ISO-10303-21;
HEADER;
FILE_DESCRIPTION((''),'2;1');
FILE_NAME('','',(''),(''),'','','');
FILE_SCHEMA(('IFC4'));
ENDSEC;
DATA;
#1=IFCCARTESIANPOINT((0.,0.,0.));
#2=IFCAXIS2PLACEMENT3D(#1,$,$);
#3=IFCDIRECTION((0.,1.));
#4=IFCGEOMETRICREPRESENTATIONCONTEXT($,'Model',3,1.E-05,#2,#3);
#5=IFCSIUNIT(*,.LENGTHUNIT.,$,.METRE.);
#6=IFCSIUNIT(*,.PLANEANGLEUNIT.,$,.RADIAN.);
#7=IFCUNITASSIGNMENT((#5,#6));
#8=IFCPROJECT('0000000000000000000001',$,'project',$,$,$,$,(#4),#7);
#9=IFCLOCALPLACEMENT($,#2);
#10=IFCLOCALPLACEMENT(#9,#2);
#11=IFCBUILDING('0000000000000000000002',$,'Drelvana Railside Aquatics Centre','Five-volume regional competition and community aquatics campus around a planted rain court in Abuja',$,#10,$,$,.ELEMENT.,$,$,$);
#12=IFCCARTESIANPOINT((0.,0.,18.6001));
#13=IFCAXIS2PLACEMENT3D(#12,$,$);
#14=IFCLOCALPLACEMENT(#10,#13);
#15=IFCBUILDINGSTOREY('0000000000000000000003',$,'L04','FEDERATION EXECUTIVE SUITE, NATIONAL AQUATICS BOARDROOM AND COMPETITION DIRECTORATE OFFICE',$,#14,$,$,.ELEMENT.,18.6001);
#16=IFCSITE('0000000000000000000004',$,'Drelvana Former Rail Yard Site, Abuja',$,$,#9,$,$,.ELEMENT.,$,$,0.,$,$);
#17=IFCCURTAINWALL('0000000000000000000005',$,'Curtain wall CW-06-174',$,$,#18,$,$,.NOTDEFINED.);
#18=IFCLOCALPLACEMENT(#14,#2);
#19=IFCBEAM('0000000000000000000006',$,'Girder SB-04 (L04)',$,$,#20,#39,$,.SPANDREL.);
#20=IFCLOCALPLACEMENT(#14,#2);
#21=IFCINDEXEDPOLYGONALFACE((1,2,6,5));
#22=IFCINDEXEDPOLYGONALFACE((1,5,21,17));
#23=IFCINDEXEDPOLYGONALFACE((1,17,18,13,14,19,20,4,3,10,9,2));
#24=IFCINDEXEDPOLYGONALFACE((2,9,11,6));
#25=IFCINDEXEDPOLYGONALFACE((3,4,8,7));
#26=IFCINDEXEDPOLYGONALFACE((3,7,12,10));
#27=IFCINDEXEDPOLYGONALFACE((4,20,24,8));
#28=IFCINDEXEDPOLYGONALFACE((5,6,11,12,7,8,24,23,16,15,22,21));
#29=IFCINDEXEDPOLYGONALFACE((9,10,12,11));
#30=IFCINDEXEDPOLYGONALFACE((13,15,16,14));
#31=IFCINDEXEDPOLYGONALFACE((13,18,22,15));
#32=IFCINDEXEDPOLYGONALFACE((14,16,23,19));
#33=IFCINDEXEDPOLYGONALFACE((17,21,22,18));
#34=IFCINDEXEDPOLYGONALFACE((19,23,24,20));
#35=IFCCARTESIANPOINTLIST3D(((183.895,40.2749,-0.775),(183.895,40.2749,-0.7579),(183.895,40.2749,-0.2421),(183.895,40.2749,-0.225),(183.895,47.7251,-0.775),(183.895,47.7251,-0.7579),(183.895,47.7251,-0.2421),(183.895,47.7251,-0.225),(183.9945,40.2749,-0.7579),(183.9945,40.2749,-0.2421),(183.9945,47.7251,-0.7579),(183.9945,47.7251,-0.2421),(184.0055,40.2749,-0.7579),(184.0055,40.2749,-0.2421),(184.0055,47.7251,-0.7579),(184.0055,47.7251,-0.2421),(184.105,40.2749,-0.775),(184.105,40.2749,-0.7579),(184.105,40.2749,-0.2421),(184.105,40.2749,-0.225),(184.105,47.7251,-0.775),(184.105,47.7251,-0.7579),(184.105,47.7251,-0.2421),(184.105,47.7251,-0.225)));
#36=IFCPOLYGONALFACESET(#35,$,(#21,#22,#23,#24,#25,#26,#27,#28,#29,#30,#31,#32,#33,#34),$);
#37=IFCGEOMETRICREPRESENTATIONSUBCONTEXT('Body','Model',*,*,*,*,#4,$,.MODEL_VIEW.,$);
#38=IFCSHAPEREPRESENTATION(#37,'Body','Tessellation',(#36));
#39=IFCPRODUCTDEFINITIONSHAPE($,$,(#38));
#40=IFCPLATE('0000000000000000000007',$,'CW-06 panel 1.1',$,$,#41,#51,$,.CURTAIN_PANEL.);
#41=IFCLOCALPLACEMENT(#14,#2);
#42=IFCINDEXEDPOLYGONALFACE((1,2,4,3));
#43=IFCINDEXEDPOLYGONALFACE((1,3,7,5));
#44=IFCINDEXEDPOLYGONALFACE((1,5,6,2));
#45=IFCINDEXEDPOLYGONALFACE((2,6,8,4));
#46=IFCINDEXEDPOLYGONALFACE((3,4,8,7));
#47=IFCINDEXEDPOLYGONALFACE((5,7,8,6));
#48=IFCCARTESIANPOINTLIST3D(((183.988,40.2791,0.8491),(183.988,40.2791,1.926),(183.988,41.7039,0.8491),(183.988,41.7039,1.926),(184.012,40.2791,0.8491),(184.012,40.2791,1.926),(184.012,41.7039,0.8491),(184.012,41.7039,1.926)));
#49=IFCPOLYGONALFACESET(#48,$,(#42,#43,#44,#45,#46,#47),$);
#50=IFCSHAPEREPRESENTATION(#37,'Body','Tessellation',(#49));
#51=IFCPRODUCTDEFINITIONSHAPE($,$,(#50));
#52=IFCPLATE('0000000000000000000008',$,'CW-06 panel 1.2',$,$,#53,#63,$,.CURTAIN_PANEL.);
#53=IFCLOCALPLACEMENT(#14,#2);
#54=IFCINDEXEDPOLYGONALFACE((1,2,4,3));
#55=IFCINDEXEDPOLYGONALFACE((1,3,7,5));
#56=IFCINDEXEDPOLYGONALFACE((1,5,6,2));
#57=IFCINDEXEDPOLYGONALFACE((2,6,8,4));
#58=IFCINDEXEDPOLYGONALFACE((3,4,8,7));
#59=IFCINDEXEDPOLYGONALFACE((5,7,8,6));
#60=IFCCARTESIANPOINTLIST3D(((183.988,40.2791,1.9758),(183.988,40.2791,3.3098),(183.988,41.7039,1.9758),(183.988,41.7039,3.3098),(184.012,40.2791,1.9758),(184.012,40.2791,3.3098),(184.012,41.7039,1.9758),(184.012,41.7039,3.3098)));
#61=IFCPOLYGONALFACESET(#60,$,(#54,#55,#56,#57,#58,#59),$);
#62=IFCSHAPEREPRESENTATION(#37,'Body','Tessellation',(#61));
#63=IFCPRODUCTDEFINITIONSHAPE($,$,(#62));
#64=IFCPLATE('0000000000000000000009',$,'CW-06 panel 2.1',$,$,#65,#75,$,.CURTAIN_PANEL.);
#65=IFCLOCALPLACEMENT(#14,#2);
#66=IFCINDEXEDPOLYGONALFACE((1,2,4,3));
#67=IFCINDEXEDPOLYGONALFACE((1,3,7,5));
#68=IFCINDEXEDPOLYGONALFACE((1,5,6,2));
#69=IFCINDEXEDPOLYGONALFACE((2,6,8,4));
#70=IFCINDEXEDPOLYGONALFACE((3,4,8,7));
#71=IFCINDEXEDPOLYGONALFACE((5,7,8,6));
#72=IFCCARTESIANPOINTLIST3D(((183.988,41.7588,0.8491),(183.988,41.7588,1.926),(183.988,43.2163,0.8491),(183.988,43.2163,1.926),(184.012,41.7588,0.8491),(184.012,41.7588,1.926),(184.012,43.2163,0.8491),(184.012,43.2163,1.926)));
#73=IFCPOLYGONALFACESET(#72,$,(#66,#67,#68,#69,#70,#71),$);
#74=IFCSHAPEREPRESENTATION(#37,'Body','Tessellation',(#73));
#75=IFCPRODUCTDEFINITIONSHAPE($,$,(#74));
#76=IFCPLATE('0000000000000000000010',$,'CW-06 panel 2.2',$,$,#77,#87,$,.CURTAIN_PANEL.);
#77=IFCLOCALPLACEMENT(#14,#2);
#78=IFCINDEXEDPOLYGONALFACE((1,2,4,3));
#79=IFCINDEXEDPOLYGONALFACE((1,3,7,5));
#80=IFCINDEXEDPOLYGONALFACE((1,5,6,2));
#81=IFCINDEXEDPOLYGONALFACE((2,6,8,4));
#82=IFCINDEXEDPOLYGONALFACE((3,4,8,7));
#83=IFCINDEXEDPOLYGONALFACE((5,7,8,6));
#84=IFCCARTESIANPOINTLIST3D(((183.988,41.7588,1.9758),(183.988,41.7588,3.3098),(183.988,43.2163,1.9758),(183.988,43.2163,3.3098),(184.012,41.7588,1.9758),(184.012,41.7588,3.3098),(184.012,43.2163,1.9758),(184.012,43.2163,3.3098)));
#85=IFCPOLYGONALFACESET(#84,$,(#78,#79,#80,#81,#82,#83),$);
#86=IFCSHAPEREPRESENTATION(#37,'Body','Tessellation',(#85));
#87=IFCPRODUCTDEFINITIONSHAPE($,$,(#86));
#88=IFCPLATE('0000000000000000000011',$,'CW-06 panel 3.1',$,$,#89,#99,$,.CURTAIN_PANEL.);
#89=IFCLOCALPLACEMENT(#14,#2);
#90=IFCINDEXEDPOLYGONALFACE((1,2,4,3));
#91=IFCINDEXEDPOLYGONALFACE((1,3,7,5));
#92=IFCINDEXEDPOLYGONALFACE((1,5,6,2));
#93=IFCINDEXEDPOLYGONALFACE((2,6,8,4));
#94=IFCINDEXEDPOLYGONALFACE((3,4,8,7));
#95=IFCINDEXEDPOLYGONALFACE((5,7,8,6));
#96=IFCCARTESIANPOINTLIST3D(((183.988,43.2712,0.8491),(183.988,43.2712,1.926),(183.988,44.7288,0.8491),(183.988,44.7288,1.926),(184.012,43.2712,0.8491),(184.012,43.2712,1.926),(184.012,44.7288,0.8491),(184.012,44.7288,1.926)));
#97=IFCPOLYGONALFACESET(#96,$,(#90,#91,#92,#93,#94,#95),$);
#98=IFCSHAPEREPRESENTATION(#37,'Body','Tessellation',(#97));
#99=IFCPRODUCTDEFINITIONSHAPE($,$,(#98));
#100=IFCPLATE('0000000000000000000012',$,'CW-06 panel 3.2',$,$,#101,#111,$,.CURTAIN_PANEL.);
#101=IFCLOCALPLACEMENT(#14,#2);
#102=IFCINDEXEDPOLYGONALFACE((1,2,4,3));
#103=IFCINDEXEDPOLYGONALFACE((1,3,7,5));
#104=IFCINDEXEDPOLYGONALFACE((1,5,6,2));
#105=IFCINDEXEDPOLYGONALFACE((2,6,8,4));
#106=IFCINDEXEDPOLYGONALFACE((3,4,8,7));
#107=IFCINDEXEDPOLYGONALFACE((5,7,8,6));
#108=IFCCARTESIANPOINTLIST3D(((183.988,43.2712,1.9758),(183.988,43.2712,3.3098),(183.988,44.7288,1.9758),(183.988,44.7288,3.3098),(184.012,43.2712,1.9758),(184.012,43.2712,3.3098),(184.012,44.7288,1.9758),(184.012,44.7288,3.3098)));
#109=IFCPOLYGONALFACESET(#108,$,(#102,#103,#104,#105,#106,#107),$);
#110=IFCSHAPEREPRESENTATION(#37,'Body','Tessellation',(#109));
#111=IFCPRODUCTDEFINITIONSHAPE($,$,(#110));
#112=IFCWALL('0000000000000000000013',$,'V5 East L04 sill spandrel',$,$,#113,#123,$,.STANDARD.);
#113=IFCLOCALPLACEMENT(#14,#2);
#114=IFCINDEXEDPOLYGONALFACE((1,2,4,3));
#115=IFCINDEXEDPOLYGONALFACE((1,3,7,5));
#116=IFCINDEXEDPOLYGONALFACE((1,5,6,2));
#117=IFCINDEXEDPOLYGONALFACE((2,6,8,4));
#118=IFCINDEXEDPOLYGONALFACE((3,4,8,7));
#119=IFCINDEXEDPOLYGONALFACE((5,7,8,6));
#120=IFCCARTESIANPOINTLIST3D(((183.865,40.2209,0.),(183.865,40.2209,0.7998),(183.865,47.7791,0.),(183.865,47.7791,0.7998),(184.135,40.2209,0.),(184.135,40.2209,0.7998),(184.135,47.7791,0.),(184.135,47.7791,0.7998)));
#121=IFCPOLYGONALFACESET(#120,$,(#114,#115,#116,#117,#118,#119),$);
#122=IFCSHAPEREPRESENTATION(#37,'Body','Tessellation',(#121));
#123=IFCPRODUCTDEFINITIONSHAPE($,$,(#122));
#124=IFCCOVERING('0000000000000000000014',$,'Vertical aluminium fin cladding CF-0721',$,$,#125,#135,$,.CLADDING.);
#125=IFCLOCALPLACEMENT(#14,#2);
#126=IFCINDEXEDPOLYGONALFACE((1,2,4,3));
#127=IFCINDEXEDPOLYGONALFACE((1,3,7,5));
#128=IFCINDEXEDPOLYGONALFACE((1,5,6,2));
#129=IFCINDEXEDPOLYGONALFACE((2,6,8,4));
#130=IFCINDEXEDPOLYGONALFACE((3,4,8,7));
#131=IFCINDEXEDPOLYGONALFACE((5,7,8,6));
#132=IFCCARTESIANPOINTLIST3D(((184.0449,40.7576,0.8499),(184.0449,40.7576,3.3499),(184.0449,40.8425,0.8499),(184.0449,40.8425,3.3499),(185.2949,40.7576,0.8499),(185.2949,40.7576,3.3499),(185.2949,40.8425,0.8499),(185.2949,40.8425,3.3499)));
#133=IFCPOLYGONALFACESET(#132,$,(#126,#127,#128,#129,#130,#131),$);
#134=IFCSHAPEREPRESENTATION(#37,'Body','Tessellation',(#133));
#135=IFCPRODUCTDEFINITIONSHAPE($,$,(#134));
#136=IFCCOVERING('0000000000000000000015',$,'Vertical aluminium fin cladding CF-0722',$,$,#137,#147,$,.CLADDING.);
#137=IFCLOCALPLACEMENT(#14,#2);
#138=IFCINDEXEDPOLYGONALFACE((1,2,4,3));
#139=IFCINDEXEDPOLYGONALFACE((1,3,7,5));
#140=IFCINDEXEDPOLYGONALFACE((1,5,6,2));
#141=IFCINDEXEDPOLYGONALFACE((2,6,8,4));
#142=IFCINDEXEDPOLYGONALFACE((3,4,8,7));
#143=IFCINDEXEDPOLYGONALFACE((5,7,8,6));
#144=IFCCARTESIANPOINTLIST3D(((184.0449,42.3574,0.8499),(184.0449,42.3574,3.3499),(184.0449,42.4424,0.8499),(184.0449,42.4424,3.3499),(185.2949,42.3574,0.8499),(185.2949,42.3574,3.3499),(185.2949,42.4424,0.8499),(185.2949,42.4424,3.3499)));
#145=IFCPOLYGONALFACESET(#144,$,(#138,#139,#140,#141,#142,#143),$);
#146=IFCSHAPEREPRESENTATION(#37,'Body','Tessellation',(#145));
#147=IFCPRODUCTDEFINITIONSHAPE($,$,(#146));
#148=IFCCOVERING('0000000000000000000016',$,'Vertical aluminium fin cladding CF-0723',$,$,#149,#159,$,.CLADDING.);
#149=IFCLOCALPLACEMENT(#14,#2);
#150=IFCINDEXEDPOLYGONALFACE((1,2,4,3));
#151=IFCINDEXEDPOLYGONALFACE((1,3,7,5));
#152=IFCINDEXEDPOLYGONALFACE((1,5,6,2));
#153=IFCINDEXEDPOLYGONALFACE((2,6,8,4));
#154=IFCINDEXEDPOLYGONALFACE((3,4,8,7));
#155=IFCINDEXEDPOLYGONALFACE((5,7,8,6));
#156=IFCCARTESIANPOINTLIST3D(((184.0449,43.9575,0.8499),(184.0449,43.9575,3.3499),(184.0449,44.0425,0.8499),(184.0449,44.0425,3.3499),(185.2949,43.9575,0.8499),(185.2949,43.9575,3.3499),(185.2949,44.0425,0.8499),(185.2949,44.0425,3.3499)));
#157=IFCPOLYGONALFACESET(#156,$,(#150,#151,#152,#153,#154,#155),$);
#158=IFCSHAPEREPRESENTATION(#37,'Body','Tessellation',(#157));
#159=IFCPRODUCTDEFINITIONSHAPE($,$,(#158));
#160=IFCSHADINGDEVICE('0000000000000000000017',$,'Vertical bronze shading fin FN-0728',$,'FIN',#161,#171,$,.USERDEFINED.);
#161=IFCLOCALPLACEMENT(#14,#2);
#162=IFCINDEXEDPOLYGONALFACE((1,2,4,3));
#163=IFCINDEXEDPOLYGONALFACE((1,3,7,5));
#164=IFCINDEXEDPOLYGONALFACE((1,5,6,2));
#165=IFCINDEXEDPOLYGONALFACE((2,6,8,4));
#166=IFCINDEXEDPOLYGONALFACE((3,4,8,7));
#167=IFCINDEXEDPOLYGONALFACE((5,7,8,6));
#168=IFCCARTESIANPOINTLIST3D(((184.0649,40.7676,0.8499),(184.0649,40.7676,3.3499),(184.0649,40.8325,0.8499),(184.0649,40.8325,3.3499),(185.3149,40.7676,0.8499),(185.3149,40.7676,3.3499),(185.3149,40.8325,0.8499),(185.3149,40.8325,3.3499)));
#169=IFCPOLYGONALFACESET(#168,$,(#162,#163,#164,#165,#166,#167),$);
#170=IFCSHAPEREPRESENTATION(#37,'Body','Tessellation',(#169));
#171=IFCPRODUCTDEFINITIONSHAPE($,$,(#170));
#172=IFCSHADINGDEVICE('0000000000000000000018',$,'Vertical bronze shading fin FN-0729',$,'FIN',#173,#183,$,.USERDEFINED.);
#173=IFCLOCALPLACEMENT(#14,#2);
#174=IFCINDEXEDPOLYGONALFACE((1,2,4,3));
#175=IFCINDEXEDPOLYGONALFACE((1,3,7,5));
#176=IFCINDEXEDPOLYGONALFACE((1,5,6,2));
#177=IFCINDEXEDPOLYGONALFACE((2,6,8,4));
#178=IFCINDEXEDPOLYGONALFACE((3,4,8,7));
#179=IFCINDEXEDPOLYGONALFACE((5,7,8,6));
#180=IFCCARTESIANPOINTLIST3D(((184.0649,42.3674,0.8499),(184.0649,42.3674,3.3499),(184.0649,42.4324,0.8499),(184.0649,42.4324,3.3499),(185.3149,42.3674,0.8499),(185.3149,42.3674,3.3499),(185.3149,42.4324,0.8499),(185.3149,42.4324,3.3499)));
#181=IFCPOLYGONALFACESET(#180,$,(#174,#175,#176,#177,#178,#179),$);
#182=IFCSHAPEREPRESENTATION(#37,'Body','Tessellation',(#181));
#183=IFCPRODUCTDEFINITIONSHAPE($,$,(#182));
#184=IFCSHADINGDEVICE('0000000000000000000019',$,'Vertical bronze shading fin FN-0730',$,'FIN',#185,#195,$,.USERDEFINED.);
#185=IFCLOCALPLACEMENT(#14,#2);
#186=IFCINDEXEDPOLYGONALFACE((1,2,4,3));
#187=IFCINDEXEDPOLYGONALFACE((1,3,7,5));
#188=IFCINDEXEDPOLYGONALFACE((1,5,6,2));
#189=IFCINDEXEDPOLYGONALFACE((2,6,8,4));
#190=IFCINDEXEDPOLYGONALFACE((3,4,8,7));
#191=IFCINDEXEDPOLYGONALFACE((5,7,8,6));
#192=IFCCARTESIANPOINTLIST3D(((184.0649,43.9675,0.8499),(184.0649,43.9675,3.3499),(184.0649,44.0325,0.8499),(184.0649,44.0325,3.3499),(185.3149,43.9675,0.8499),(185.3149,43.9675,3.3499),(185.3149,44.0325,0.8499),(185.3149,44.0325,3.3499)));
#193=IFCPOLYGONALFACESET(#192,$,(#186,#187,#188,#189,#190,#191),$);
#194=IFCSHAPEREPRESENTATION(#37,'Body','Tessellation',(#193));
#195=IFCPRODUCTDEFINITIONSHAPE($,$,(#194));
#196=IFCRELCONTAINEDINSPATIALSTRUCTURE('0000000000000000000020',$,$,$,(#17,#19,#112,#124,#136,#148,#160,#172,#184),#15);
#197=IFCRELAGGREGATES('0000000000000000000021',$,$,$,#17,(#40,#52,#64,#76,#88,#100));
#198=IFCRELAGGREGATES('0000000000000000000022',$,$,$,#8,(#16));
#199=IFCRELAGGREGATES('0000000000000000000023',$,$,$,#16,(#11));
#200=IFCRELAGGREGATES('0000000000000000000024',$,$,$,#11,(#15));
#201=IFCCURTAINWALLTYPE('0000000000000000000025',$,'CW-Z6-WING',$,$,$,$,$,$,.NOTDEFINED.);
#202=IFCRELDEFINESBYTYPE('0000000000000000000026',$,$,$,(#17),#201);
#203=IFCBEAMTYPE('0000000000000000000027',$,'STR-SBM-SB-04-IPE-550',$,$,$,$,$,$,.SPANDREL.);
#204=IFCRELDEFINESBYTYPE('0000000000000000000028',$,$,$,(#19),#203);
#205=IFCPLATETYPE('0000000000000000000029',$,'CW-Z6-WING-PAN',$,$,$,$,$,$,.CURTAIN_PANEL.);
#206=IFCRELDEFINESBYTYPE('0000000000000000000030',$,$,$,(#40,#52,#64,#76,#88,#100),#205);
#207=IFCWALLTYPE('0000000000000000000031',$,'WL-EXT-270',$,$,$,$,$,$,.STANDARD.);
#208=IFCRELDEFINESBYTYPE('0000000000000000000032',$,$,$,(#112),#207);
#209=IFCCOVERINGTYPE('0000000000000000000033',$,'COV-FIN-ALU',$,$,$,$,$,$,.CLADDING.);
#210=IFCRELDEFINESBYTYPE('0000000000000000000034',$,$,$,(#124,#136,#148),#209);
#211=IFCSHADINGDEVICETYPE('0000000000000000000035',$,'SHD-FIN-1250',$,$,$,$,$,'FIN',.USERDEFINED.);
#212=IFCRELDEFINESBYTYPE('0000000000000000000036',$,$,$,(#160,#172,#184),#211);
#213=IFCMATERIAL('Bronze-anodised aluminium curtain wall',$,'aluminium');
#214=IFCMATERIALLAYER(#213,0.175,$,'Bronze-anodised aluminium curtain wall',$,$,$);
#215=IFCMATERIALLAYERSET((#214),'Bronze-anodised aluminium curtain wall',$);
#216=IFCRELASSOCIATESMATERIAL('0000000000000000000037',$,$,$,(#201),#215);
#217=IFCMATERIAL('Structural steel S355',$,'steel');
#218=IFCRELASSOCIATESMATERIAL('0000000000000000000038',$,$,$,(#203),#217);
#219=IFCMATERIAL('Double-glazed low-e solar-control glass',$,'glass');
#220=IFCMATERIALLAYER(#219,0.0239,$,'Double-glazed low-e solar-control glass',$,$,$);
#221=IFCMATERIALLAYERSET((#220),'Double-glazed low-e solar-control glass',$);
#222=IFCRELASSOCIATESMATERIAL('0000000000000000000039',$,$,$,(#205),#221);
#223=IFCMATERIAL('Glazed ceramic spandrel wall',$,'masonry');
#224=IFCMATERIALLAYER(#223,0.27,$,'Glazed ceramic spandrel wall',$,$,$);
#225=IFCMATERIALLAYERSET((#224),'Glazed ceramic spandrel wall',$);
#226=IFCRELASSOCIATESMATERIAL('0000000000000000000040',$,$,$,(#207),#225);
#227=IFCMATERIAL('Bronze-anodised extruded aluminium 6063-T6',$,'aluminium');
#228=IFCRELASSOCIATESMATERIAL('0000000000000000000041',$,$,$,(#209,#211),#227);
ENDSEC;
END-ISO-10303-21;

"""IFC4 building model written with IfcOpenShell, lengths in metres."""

from ifc_helpers import new_model, si_unit, direction, frame, frame_2d, origin, origin_2d, place, context, subcontext, project, spatial, rectangle, i_section, extrude, material, layer, layer_set, material_profile, profile_set, type_object, element, aggregate, save


model = new_model("IFC4")

# Units and contexts
model_context = context("Model", 3, precision=1e-05, world=origin(), true_north=direction((0.0, 1.0)))
body_context = subcontext(model_context, "Body", "Model", "MODEL_VIEW")
ifc_project = project(units=[si_unit("LENGTHUNIT", "METRE"), si_unit("PLANEANGLEUNIT", "RADIAN")], contexts=[model_context])

# Site, building, storey
site_placement = place(None, origin())
site = spatial("IfcSite", under=ifc_project, at=site_placement, Name="Drelvana Former Rail Yard Site, Abuja", CompositionType="ELEMENT", RefElevation=0.0)
building_placement = place(site_placement, origin())
building = spatial("IfcBuilding", under=site, at=building_placement, Name="Drelvana Railside Aquatics Centre", Description="Five-volume regional competition and community aquatics campus around a planted rain court in Abuja", CompositionType="ELEMENT")
storey_placement = place(building_placement, frame((0.0, 0.0, 18.6001)))
storey = spatial("IfcBuildingStorey", under=building, at=storey_placement, Name="L04", Description="FEDERATION EXECUTIVE SUITE, NATIONAL AQUATICS BOARDROOM AND COMPETITION DIRECTORATE OFFICE", CompositionType="ELEMENT", Elevation=18.6001)

# Curtain wall
ifc_material_1 = material(Name="Bronze-anodised aluminium curtain wall", Category="aluminium")
ifc_layer_1 = layer(ifc_material_1, 0.175, Name="Bronze-anodised aluminium curtain wall")
ifc_layer_set_1 = layer_set([ifc_layer_1], Name="Bronze-anodised aluminium curtain wall")
curtain_wall_type = type_object("IfcCurtainWallType", Name="CW-Z6-WING", PredefinedType="NOTDEFINED", material=ifc_layer_set_1)
curtain_wall_placement = place(storey_placement, origin())
curtain_wall = element("IfcCurtainWall", 1, at=curtain_wall_placement, inside=storey, type_object=curtain_wall_type, Name="Curtain wall CW-06-174", PredefinedType="NOTDEFINED")

# Beam
ifc_material_2 = material(Name="Structural steel S355", Category="steel")
ifc_material_profile_1 = material_profile(ifc_material_2, i_section(OverallWidth=0.21, OverallDepth=0.55, WebThickness=0.011, FlangeThickness=0.0171, at=origin_2d()), Name="IPE 550")
ifc_profile_set_1 = profile_set([ifc_material_profile_1], Name="Structural steel S355")
beam_type = type_object("IfcBeamType", Name="STR-SBM-SB-04-IPE-550", PredefinedType="SPANDREL", material=ifc_profile_set_1)
beam_placement = place(storey_placement, frame((184.0, 40.2749, -0.5), z_axis=(0.0, 1.0, 0.0), x_axis=(-1.0, 0.0, 0.0)))
element("IfcBeam", 2, at=beam_placement, inside=storey, type_object=beam_type, Name="Girder SB-04 (L04)", PredefinedType="SPANDREL", context=body_context, shape_type="SweptSolid", body=[
    extrude(i_section(OverallWidth=0.21, OverallDepth=0.55, WebThickness=0.011, FlangeThickness=0.0171, at=origin_2d()), origin(), (0.0, 0.0, 1.0), 7.4502),
])

# Plates
ifc_material_3 = material(Name="Double-glazed low-e solar-control glass", Category="glass")
ifc_layer_2 = layer(ifc_material_3, 0.0239, Name="Double-glazed low-e solar-control glass")
ifc_layer_set_2 = layer_set([ifc_layer_2], Name="Double-glazed low-e solar-control glass")
plate_type = type_object("IfcPlateType", Name="CW-Z6-WING-PAN", PredefinedType="CURTAIN_PANEL", material=ifc_layer_set_2)
plate_1_placement = place(storey_placement, frame((184.0, 40.9915, 0.8491), z_axis=(0.0, 0.0, 1.0), x_axis=(0.0, 1.0, 0.0)))
plate_1 = element("IfcPlate", 3, at=plate_1_placement, type_object=plate_type, Name="CW-06 panel 1.1", PredefinedType="CURTAIN_PANEL", context=body_context, shape_type="SweptSolid", body=[
    extrude(rectangle(XDim=1.4248, YDim=0.0239, at=origin_2d()), origin(), (0.0, 0.0, 1.0), 1.0769),
])
plate_2_placement = place(storey_placement, frame((184.0, 40.9915, 1.9758), z_axis=(0.0, 0.0, 1.0), x_axis=(0.0, 1.0, 0.0)))
plate_2 = element("IfcPlate", 4, at=plate_2_placement, type_object=plate_type, Name="CW-06 panel 1.2", PredefinedType="CURTAIN_PANEL", context=body_context, shape_type="SweptSolid", body=[
    extrude(rectangle(XDim=1.4248, YDim=0.0239, at=origin_2d()), origin(), (0.0, 0.0, 1.0), 1.334),
])
plate_3_placement = place(storey_placement, frame((184.0, 42.4875, 0.8491), z_axis=(0.0, 0.0, 1.0), x_axis=(0.0, 1.0, 0.0)))
plate_3 = element("IfcPlate", 5, at=plate_3_placement, type_object=plate_type, Name="CW-06 panel 2.1", PredefinedType="CURTAIN_PANEL", context=body_context, shape_type="SweptSolid", body=[
    extrude(rectangle(XDim=1.4575, YDim=0.0239, at=origin_2d()), origin(), (0.0, 0.0, 1.0), 1.0769),
])
plate_4_placement = place(storey_placement, frame((184.0, 42.4875, 1.9758), z_axis=(0.0, 0.0, 1.0), x_axis=(0.0, 1.0, 0.0)))
plate_4 = element("IfcPlate", 6, at=plate_4_placement, type_object=plate_type, Name="CW-06 panel 2.2", PredefinedType="CURTAIN_PANEL", context=body_context, shape_type="SweptSolid", body=[
    extrude(rectangle(XDim=1.4575, YDim=0.0239, at=origin_2d()), origin(), (0.0, 0.0, 1.0), 1.334),
])
plate_5_placement = place(storey_placement, frame((184.0, 44.0, 0.8491), z_axis=(0.0, 0.0, 1.0), x_axis=(0.0, 1.0, 0.0)))
plate_5 = element("IfcPlate", 7, at=plate_5_placement, type_object=plate_type, Name="CW-06 panel 3.1", PredefinedType="CURTAIN_PANEL", context=body_context, shape_type="SweptSolid", body=[
    extrude(rectangle(XDim=1.4575, YDim=0.0239, at=origin_2d()), origin(), (0.0, 0.0, 1.0), 1.0769),
])
plate_6_placement = place(storey_placement, frame((184.0, 44.0, 1.9758), z_axis=(0.0, 0.0, 1.0), x_axis=(0.0, 1.0, 0.0)))
plate_6 = element("IfcPlate", 8, at=plate_6_placement, type_object=plate_type, Name="CW-06 panel 3.2", PredefinedType="CURTAIN_PANEL", context=body_context, shape_type="SweptSolid", body=[
    extrude(rectangle(XDim=1.4575, YDim=0.0239, at=origin_2d()), origin(), (0.0, 0.0, 1.0), 1.334),
])
aggregate(curtain_wall, [plate_1, plate_2, plate_3, plate_4, plate_5, plate_6])

# Wall
ifc_material_4 = material(Name="Glazed ceramic spandrel wall", Category="masonry")
ifc_layer_3 = layer(ifc_material_4, 0.27, Name="Glazed ceramic spandrel wall")
ifc_layer_set_3 = layer_set([ifc_layer_3], Name="Glazed ceramic spandrel wall")
wall_type = type_object("IfcWallType", Name="WL-EXT-270", PredefinedType="STANDARD", material=ifc_layer_set_3)
wall_placement = place(storey_placement, frame((184.0, 40.2209, 0.0), z_axis=(0.0, 0.0, 1.0), x_axis=(0.0, 1.0, 0.0)))
element("IfcWall", 9, at=wall_placement, inside=storey, type_object=wall_type, Name="V5 East L04 sill spandrel", PredefinedType="STANDARD", context=body_context, shape_type="SweptSolid", body=[
    extrude(rectangle(XDim=7.5581, YDim=0.27, at=frame_2d((3.7791, 0.0))), origin(), (0.0, 0.0, 1.0), 0.7998),
])

# Coverings
ifc_material_5 = material(Name="Bronze-anodised extruded aluminium 6063-T6", Category="aluminium")
covering_type = type_object("IfcCoveringType", Name="COV-FIN-ALU", PredefinedType="CLADDING", material=ifc_material_5)
for number, where, z_axis, x_axis, name in (
    (10, (184.6699, 40.8, 0.8499), (0.0, 0.0, 1.0), (0.0, -1.0, 0.0), "Vertical aluminium fin cladding CF-0721"),
    (11, (184.6699, 42.3999, 0.8499), (0.0, 0.0, 1.0), (0.0, -1.0, 0.0), "Vertical aluminium fin cladding CF-0722"),
    (12, (184.6699, 44.0, 0.8499), (0.0, 0.0, 1.0), (0.0, -1.0, 0.0), "Vertical aluminium fin cladding CF-0723"),
):
    element("IfcCovering", number, at=place(storey_placement, frame(where, z_axis=z_axis, x_axis=x_axis)), inside=storey, type_object=covering_type, Name=name, PredefinedType="CLADDING", context=body_context, shape_type="SweptSolid", body=[
        extrude(rectangle(XDim=0.085, YDim=1.25, at=origin_2d()), origin(), (0.0, 0.0, 1.0), 2.5),
    ])

# Shading devices
shading_device_type = type_object("IfcShadingDeviceType", Name="SHD-FIN-1250", ElementType="FIN", PredefinedType="USERDEFINED", material=ifc_material_5)
for number, where, z_axis, x_axis, name in (
    (13, (184.6899, 40.8, 0.8499), (0.0, 0.0, 1.0), (1.0, 0.0, 0.0), "Vertical bronze shading fin FN-0728"),
    (14, (184.6899, 42.3999, 0.8499), (0.0, 0.0, 1.0), (1.0, 0.0, 0.0), "Vertical bronze shading fin FN-0729"),
    (15, (184.6899, 44.0, 0.8499), (0.0, 0.0, 1.0), (1.0, 0.0, 0.0), "Vertical bronze shading fin FN-0730"),
):
    element("IfcShadingDevice", number, at=place(storey_placement, frame(where, z_axis=z_axis, x_axis=x_axis)), inside=storey, type_object=shading_device_type, Name=name, ObjectType="FIN", PredefinedType="USERDEFINED", context=body_context, shape_type="SweptSolid", body=[
        extrude(rectangle(XDim=1.25, YDim=0.0649, at=origin_2d()), origin(), (0.0, 0.0, 1.0), 2.5),
    ])

save(model, "model.ifc")
